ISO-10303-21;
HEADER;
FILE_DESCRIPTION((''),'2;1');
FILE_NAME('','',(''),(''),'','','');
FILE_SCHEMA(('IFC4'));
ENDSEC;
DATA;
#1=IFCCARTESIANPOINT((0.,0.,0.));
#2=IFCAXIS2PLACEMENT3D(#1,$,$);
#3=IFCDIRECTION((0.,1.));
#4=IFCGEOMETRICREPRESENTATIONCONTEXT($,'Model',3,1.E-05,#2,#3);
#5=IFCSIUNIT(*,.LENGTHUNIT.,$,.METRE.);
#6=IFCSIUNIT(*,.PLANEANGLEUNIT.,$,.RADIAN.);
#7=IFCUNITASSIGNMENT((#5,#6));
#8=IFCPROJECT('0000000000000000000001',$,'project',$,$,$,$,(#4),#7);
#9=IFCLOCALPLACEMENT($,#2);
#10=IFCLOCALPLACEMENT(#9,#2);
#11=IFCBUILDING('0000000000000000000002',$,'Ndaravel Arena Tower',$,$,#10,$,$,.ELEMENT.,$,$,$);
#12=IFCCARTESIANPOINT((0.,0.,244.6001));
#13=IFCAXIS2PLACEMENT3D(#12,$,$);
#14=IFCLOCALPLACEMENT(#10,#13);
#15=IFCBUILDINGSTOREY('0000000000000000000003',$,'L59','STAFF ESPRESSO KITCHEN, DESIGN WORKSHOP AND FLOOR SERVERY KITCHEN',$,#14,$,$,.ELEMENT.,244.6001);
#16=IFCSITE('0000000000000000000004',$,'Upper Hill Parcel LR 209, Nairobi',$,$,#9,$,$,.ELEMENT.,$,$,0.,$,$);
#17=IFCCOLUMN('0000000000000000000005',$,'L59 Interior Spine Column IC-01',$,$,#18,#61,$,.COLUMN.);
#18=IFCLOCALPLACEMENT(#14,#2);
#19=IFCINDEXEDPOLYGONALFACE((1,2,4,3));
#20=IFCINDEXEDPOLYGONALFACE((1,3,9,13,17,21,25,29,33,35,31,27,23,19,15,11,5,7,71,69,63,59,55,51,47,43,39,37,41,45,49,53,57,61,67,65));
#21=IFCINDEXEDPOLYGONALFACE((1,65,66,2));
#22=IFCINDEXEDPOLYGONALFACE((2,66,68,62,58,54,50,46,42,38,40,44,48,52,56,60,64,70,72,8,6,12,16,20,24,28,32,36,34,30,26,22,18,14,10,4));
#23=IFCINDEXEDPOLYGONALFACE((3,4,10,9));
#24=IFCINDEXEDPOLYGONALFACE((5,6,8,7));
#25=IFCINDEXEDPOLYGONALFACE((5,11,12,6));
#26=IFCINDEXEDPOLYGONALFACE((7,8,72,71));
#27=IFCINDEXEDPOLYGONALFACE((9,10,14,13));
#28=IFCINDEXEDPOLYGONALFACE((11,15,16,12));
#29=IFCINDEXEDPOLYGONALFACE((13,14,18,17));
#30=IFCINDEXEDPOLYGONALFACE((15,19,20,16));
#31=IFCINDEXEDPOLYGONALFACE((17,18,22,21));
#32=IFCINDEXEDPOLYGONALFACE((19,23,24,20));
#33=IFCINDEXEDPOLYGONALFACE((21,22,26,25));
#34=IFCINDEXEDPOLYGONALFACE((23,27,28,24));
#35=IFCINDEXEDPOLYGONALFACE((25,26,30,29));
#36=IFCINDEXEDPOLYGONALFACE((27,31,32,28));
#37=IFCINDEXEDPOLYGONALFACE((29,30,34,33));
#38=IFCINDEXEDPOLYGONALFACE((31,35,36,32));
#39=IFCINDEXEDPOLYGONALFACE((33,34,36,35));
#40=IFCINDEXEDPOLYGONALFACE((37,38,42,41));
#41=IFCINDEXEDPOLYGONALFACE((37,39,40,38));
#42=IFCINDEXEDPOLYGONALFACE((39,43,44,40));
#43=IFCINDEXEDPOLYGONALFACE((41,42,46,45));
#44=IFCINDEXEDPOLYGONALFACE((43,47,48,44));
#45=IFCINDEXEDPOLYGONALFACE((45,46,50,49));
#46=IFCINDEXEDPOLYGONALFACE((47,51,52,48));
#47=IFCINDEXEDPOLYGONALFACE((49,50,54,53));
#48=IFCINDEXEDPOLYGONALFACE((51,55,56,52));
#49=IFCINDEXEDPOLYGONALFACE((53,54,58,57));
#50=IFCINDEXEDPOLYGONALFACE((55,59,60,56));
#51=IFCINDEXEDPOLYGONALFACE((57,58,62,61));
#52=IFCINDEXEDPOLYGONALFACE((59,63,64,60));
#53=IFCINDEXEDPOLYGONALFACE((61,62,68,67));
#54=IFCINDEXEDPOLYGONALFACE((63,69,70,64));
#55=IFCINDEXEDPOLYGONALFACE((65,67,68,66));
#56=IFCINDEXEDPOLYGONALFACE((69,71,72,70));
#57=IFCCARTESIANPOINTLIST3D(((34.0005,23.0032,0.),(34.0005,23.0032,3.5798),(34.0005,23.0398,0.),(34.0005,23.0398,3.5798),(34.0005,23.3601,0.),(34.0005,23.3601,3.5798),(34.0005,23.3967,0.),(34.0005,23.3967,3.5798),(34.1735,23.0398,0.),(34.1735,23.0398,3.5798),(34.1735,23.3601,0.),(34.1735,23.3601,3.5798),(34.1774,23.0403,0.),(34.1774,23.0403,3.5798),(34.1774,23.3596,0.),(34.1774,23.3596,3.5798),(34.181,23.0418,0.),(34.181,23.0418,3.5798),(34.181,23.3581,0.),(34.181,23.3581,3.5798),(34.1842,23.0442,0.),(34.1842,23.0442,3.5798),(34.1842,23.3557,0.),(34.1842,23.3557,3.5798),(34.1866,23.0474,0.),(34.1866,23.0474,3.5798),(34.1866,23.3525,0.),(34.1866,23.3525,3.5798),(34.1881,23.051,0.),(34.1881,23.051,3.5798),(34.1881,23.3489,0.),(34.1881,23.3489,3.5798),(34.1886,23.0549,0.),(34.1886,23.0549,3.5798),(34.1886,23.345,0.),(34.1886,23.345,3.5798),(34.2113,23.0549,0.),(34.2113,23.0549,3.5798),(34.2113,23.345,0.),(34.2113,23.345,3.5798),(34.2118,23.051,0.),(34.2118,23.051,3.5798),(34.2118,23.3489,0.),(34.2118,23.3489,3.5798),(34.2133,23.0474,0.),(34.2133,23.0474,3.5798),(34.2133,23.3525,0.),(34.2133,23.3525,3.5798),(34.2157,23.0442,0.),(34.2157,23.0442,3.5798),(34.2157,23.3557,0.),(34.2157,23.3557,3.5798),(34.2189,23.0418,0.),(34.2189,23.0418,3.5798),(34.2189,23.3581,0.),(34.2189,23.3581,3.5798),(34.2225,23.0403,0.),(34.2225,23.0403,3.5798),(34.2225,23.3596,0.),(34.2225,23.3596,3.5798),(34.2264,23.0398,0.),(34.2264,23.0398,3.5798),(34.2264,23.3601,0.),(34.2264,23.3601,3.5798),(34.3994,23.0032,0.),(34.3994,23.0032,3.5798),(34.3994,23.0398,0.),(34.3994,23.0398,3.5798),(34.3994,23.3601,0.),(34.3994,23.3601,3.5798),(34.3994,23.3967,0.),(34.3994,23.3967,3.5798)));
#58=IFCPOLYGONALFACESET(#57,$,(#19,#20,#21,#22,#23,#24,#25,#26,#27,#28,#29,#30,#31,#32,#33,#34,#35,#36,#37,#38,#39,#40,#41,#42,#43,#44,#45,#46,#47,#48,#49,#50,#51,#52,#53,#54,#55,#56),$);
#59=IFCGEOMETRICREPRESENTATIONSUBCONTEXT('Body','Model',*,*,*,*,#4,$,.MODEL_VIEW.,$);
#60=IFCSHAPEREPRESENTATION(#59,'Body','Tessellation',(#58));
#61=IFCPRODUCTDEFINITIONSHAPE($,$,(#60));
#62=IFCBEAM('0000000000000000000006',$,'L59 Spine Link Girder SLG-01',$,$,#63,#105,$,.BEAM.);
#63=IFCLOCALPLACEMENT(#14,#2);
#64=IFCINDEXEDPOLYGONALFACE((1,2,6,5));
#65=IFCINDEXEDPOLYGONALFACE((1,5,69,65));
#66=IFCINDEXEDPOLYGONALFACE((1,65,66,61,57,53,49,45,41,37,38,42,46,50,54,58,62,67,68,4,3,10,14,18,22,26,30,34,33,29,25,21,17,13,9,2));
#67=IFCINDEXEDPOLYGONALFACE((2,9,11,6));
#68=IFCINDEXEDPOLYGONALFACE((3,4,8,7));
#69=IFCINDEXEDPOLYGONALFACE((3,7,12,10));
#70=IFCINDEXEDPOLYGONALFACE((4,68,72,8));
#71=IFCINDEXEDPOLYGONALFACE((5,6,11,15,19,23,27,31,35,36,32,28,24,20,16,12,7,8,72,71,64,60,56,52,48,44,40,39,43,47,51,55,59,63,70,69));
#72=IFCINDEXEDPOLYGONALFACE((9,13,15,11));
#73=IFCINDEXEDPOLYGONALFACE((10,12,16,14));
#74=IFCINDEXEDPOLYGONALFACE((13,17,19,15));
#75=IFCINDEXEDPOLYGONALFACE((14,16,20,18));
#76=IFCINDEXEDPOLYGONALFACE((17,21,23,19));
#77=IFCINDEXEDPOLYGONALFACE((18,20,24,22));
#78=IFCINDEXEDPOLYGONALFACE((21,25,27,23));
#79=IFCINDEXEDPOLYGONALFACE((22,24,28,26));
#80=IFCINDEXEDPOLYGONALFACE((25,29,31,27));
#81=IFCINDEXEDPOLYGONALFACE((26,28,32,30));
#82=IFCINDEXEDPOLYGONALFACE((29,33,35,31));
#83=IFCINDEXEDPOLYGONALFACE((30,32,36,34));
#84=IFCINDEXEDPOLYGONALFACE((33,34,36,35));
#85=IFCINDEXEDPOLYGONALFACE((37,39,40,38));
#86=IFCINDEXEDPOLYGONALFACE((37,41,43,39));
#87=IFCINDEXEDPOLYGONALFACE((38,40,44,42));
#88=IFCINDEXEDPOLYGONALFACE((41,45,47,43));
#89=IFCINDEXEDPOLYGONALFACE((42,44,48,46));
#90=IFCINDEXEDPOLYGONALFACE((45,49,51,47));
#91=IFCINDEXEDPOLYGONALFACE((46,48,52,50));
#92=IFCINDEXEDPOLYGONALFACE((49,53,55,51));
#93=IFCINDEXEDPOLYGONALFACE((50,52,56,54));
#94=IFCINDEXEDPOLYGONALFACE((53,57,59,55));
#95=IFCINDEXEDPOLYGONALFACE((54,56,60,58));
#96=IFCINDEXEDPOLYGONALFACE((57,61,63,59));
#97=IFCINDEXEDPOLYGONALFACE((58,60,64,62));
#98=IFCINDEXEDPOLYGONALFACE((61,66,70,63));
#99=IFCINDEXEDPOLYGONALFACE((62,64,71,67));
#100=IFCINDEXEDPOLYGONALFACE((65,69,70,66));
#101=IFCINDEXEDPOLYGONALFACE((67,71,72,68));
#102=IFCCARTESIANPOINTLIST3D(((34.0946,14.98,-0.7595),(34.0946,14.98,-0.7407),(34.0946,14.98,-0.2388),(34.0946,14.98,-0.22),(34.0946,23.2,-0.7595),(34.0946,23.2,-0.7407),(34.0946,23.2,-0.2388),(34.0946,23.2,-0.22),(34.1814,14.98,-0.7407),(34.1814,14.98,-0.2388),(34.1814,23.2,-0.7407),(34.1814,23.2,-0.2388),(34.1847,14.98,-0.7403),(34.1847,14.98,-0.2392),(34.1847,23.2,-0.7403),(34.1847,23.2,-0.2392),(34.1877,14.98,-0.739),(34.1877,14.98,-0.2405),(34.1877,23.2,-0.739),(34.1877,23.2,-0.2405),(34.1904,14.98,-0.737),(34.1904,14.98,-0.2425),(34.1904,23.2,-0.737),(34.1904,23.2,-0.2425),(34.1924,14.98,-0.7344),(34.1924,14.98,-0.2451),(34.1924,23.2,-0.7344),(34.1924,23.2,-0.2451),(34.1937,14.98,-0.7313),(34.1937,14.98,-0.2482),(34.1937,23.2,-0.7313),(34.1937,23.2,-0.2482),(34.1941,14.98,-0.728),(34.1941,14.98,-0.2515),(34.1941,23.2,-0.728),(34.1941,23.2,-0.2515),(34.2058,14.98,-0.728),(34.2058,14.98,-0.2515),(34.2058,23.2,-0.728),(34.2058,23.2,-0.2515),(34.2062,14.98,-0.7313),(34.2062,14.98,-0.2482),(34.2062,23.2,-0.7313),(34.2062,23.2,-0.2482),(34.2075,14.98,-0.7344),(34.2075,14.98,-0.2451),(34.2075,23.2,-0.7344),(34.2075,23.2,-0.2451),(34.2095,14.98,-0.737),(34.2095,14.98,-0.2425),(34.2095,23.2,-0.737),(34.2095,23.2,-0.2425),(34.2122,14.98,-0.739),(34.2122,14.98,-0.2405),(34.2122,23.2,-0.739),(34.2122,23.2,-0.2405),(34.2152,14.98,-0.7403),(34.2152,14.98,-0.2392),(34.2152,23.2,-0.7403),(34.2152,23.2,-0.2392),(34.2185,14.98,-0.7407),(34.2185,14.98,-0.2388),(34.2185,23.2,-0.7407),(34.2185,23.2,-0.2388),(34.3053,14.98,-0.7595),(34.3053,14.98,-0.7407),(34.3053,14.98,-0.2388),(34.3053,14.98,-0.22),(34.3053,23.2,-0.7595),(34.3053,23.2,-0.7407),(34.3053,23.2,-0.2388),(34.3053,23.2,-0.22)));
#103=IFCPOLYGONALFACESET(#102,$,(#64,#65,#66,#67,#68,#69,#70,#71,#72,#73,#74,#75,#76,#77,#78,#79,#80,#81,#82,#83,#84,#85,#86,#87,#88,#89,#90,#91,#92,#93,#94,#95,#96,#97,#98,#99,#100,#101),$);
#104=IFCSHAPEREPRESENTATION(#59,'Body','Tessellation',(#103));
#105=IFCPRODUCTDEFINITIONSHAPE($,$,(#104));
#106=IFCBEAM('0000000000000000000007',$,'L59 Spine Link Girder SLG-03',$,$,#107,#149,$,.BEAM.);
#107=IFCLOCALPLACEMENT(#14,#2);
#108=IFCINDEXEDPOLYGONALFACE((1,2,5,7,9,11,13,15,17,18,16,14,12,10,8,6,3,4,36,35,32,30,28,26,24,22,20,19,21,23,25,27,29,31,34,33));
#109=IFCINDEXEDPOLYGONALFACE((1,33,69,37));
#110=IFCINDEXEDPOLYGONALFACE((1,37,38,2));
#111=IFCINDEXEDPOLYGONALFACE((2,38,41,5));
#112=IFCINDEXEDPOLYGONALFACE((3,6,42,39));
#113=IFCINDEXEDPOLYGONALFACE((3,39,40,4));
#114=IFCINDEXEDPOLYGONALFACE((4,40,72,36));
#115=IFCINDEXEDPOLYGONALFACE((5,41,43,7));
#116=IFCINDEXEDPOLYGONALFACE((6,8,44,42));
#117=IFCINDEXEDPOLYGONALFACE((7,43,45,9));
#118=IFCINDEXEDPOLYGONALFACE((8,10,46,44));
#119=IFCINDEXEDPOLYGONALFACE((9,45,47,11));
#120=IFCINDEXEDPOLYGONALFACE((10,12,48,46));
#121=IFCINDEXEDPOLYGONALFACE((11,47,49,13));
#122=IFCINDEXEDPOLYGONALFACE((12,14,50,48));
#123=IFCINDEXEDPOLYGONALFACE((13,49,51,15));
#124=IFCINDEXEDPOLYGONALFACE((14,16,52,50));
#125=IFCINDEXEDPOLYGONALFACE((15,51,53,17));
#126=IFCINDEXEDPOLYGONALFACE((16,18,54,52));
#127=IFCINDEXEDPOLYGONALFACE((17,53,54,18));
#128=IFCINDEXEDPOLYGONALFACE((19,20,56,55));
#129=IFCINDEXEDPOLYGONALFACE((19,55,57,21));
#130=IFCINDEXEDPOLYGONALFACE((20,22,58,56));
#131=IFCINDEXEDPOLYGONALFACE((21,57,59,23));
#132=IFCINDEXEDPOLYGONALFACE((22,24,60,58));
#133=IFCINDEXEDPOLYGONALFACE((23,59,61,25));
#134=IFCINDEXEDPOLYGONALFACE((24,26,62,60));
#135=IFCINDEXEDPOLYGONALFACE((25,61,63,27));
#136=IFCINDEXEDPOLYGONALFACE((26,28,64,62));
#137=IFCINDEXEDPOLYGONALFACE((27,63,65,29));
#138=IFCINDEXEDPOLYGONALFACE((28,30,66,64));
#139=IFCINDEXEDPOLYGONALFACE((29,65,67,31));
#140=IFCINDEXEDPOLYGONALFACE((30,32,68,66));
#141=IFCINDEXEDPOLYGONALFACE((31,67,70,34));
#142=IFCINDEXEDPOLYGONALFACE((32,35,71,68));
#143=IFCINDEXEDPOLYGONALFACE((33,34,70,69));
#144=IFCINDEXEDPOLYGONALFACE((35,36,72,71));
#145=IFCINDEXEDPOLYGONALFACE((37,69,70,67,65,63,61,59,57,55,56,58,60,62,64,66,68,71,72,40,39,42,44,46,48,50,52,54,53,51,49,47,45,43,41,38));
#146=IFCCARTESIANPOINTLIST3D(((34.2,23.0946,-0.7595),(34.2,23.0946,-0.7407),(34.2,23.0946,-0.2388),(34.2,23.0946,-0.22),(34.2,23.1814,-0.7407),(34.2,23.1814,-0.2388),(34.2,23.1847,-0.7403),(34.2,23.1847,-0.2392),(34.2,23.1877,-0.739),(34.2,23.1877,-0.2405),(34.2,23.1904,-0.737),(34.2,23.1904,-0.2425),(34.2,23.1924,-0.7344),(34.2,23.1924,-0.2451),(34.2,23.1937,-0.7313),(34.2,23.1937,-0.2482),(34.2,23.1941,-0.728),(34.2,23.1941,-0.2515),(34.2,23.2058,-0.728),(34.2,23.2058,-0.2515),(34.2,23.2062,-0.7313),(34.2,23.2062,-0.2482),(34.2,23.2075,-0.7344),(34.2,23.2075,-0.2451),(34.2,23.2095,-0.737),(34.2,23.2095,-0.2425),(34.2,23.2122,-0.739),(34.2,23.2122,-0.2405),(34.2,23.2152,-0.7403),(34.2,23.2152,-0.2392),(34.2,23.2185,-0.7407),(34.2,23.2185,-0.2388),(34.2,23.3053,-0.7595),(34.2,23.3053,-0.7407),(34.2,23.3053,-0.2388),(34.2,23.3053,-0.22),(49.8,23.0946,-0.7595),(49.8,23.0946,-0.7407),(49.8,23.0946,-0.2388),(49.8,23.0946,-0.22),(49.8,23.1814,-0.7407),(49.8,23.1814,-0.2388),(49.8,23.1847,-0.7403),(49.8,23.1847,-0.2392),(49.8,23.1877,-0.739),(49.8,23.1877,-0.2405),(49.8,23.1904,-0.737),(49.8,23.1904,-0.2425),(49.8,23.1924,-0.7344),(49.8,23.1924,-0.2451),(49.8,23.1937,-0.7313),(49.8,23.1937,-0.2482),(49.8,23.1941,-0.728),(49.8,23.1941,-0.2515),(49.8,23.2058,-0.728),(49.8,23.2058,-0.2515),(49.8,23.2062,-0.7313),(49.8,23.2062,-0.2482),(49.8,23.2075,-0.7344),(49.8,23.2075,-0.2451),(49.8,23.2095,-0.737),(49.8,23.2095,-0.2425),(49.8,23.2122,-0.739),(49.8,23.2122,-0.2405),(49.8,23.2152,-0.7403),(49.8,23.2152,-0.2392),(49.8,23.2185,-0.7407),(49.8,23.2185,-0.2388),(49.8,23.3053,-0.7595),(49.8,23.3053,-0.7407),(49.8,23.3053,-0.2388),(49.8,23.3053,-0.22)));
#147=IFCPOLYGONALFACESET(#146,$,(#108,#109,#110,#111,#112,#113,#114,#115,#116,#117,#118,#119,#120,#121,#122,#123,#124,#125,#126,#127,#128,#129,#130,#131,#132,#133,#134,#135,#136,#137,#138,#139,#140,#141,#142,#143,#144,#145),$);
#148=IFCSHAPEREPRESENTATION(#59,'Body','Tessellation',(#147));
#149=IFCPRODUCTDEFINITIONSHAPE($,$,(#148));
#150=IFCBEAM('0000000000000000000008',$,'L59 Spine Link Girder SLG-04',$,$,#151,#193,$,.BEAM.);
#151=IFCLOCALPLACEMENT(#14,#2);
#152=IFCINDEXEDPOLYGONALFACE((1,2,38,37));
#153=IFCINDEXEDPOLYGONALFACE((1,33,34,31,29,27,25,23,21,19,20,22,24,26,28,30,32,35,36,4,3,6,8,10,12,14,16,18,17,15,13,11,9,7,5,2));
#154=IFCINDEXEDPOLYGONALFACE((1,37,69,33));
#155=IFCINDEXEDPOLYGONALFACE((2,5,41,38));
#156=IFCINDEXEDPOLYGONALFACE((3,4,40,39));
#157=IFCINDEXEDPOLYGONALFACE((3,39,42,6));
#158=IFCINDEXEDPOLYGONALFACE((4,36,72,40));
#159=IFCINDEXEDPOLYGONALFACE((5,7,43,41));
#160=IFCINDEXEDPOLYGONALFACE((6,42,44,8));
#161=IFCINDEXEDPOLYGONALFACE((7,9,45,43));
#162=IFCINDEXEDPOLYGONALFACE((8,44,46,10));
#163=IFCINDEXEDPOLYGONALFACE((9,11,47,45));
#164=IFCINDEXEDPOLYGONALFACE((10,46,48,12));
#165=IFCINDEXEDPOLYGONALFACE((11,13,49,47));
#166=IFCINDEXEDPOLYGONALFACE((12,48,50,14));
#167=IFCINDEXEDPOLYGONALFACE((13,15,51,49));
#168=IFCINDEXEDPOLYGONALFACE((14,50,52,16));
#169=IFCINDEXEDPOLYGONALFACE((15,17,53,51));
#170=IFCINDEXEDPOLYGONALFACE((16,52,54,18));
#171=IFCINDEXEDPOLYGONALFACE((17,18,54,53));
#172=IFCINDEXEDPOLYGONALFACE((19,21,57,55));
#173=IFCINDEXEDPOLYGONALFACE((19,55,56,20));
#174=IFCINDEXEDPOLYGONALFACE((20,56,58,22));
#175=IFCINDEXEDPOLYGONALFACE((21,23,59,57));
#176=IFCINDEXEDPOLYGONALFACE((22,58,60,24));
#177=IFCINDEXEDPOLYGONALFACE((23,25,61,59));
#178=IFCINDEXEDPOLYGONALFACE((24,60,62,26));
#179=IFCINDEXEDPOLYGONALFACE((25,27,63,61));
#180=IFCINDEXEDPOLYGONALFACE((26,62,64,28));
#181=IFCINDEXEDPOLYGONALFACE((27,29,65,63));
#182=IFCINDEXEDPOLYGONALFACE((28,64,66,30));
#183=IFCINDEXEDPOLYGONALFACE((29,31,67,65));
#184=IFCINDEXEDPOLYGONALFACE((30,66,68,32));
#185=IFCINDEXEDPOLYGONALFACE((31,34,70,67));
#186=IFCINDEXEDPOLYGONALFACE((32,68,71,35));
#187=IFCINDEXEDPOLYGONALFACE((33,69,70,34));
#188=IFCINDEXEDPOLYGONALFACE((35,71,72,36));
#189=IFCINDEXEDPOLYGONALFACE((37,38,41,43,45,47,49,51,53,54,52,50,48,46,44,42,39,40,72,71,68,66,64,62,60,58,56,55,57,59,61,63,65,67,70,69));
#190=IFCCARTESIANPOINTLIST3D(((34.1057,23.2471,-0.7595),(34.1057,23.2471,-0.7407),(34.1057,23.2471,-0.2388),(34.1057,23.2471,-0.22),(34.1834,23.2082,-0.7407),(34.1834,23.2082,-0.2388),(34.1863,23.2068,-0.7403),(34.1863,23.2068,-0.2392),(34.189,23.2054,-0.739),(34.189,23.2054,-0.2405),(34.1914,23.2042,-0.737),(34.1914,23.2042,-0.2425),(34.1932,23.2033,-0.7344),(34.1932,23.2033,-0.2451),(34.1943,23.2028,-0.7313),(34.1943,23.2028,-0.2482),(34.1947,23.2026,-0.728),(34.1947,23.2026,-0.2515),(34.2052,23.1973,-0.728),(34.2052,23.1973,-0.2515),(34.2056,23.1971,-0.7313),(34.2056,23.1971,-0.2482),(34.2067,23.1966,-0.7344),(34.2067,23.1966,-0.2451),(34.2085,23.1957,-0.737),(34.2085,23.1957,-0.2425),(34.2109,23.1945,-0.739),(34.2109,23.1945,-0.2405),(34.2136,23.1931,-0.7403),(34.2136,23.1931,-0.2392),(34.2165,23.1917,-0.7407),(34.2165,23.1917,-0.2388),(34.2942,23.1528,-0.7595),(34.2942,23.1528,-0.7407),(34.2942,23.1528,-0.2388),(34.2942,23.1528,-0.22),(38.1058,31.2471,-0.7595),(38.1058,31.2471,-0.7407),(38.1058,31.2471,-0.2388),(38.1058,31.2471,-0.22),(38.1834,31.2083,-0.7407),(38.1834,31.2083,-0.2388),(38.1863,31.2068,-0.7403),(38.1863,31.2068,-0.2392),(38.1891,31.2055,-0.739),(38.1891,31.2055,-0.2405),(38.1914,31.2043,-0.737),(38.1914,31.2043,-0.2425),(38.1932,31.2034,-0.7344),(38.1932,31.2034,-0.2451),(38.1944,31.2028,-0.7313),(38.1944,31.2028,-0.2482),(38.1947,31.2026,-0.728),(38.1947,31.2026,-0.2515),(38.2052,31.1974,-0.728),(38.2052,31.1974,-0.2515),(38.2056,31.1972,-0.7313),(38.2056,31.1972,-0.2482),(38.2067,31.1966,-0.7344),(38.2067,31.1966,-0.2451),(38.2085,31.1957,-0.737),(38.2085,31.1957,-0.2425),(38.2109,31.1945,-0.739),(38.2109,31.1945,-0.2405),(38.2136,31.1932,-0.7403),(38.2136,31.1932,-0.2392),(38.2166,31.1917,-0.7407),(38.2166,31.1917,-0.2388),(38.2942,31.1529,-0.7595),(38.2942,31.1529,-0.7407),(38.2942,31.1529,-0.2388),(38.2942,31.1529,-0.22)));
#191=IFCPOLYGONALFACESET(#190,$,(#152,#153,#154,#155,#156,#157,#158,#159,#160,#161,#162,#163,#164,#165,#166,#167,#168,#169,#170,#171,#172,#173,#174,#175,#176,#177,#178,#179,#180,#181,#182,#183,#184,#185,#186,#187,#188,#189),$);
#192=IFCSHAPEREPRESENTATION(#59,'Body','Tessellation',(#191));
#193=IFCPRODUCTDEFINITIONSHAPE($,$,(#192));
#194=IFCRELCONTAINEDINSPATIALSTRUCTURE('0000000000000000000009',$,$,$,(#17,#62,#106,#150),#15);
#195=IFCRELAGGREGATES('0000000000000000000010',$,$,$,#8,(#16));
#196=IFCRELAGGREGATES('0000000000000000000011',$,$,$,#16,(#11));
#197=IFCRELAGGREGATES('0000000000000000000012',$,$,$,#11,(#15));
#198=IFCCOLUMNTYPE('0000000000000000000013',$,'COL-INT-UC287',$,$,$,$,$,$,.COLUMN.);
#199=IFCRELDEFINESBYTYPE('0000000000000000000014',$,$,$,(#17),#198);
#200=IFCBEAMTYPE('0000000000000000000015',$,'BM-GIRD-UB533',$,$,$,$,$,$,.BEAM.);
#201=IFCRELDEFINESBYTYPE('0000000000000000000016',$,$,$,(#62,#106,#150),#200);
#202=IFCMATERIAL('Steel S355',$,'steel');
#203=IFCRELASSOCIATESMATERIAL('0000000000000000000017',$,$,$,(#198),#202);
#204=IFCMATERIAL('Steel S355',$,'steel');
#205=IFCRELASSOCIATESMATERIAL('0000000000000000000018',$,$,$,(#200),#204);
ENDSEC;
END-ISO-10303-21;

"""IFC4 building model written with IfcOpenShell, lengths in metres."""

from ifc_helpers import new_model, si_unit, direction, frame, origin, origin_2d, place, context, subcontext, project, spatial, i_section, extrude, material, material_profile, profile_set, type_object, element, save


model = new_model("IFC4")

# Units and contexts
model_context = context("Model", 3, precision=1e-05, world=origin(), true_north=direction((0.0, 1.0)))
body_context = subcontext(model_context, "Body", "Model", "MODEL_VIEW")
ifc_project = project(units=[si_unit("LENGTHUNIT", "METRE"), si_unit("PLANEANGLEUNIT", "RADIAN")], contexts=[model_context])

# Site, building, storey
site_placement = place(None, origin())
site = spatial("IfcSite", under=ifc_project, at=site_placement, Name="Upper Hill Parcel LR 209, Nairobi", CompositionType="ELEMENT", RefElevation=0.0)
building_placement = place(site_placement, origin())
building = spatial("IfcBuilding", under=site, at=building_placement, Name="Ndaravel Arena Tower", CompositionType="ELEMENT")
storey_placement = place(building_placement, frame((0.0, 0.0, 244.6001)))
storey = spatial("IfcBuildingStorey", under=building, at=storey_placement, Name="L59", Description="STAFF ESPRESSO KITCHEN, DESIGN WORKSHOP AND FLOOR SERVERY KITCHEN", CompositionType="ELEMENT", Elevation=244.6001)

# Column
ifc_material_1 = material(Name="Steel S355", Category="steel")
ifc_material_profile_1 = material_profile(ifc_material_1, i_section(OverallWidth=0.3989, OverallDepth=0.3936, WebThickness=0.0227, FlangeThickness=0.0366, FilletRadius=0.0151, at=origin_2d()), Name="UC 356x406x287")
ifc_profile_set_1 = profile_set([ifc_material_profile_1], Name="Steel S355")
column_type = type_object("IfcColumnType", Name="COL-INT-UC287", PredefinedType="COLUMN", material=ifc_profile_set_1)
column_placement = place(storey_placement, frame((34.2, 23.2, 0.0), z_axis=(0.0, 0.0, 1.0), x_axis=(1.0, 0.0, 0.0)))
element("IfcColumn", 1, at=column_placement, inside=storey, type_object=column_type, Name="L59 Interior Spine Column IC-01", PredefinedType="COLUMN", context=body_context, shape_type="SweptSolid", body=[
    extrude(i_section(OverallWidth=0.3989, OverallDepth=0.3936, WebThickness=0.0227, FlangeThickness=0.0366, FilletRadius=0.0151, at=origin_2d()), origin(), (0.0, 0.0, 1.0), 3.5798),
])

# Beams
ifc_material_2 = material(Name="Steel S355", Category="steel")
ifc_material_profile_2 = material_profile(ifc_material_2, i_section(OverallWidth=0.2107, OverallDepth=0.5396, WebThickness=0.0117, FlangeThickness=0.0188, FilletRadius=0.0127, at=origin_2d()), Name="UB 533x210x109")
ifc_profile_set_2 = profile_set([ifc_material_profile_2], Name="Steel S355")
beam_type = type_object("IfcBeamType", Name="BM-GIRD-UB533", PredefinedType="BEAM", material=ifc_profile_set_2)
beam_1_placement = place(storey_placement, frame((34.2, 14.98, -0.4897), z_axis=(0.0, 1.0, 0.0), x_axis=(-1.0, 0.0, 0.0)))
element("IfcBeam", 2, at=beam_1_placement, inside=storey, type_object=beam_type, Name="L59 Spine Link Girder SLG-01", PredefinedType="BEAM", context=body_context, shape_type="SweptSolid", body=[
    extrude(i_section(OverallWidth=0.2107, OverallDepth=0.5396, WebThickness=0.0117, FlangeThickness=0.0188, FilletRadius=0.0127, at=origin_2d()), origin(), (0.0, 0.0, 1.0), 8.22),
])
beam_2_placement = place(storey_placement, frame((34.2, 23.2, -0.4897), z_axis=(1.0, 0.0, 0.0), x_axis=(0.0, 1.0, 0.0)))
element("IfcBeam", 3, at=beam_2_placement, inside=storey, type_object=beam_type, Name="L59 Spine Link Girder SLG-03", PredefinedType="BEAM", context=body_context, shape_type="SweptSolid", body=[
    extrude(i_section(OverallWidth=0.2107, OverallDepth=0.5396, WebThickness=0.0117, FlangeThickness=0.0188, FilletRadius=0.0127, at=origin_2d()), origin(), (0.0, 0.0, 1.0), 15.6001),
])
beam_3_placement = place(storey_placement, frame((34.2, 23.2, -0.4897), z_axis=(0.447214, 0.894427, 0.0), x_axis=(-0.894427, 0.447214, 0.0)))
element("IfcBeam", 4, at=beam_3_placement, inside=storey, type_object=beam_type, Name="L59 Spine Link Girder SLG-04", PredefinedType="BEAM", context=body_context, shape_type="SweptSolid", body=[
    extrude(i_section(OverallWidth=0.2107, OverallDepth=0.5396, WebThickness=0.0117, FlangeThickness=0.0188, FilletRadius=0.0127, at=origin_2d()), origin(), (0.0, 0.0, 1.0), 8.9443),
])

save(model, "model.ifc")
